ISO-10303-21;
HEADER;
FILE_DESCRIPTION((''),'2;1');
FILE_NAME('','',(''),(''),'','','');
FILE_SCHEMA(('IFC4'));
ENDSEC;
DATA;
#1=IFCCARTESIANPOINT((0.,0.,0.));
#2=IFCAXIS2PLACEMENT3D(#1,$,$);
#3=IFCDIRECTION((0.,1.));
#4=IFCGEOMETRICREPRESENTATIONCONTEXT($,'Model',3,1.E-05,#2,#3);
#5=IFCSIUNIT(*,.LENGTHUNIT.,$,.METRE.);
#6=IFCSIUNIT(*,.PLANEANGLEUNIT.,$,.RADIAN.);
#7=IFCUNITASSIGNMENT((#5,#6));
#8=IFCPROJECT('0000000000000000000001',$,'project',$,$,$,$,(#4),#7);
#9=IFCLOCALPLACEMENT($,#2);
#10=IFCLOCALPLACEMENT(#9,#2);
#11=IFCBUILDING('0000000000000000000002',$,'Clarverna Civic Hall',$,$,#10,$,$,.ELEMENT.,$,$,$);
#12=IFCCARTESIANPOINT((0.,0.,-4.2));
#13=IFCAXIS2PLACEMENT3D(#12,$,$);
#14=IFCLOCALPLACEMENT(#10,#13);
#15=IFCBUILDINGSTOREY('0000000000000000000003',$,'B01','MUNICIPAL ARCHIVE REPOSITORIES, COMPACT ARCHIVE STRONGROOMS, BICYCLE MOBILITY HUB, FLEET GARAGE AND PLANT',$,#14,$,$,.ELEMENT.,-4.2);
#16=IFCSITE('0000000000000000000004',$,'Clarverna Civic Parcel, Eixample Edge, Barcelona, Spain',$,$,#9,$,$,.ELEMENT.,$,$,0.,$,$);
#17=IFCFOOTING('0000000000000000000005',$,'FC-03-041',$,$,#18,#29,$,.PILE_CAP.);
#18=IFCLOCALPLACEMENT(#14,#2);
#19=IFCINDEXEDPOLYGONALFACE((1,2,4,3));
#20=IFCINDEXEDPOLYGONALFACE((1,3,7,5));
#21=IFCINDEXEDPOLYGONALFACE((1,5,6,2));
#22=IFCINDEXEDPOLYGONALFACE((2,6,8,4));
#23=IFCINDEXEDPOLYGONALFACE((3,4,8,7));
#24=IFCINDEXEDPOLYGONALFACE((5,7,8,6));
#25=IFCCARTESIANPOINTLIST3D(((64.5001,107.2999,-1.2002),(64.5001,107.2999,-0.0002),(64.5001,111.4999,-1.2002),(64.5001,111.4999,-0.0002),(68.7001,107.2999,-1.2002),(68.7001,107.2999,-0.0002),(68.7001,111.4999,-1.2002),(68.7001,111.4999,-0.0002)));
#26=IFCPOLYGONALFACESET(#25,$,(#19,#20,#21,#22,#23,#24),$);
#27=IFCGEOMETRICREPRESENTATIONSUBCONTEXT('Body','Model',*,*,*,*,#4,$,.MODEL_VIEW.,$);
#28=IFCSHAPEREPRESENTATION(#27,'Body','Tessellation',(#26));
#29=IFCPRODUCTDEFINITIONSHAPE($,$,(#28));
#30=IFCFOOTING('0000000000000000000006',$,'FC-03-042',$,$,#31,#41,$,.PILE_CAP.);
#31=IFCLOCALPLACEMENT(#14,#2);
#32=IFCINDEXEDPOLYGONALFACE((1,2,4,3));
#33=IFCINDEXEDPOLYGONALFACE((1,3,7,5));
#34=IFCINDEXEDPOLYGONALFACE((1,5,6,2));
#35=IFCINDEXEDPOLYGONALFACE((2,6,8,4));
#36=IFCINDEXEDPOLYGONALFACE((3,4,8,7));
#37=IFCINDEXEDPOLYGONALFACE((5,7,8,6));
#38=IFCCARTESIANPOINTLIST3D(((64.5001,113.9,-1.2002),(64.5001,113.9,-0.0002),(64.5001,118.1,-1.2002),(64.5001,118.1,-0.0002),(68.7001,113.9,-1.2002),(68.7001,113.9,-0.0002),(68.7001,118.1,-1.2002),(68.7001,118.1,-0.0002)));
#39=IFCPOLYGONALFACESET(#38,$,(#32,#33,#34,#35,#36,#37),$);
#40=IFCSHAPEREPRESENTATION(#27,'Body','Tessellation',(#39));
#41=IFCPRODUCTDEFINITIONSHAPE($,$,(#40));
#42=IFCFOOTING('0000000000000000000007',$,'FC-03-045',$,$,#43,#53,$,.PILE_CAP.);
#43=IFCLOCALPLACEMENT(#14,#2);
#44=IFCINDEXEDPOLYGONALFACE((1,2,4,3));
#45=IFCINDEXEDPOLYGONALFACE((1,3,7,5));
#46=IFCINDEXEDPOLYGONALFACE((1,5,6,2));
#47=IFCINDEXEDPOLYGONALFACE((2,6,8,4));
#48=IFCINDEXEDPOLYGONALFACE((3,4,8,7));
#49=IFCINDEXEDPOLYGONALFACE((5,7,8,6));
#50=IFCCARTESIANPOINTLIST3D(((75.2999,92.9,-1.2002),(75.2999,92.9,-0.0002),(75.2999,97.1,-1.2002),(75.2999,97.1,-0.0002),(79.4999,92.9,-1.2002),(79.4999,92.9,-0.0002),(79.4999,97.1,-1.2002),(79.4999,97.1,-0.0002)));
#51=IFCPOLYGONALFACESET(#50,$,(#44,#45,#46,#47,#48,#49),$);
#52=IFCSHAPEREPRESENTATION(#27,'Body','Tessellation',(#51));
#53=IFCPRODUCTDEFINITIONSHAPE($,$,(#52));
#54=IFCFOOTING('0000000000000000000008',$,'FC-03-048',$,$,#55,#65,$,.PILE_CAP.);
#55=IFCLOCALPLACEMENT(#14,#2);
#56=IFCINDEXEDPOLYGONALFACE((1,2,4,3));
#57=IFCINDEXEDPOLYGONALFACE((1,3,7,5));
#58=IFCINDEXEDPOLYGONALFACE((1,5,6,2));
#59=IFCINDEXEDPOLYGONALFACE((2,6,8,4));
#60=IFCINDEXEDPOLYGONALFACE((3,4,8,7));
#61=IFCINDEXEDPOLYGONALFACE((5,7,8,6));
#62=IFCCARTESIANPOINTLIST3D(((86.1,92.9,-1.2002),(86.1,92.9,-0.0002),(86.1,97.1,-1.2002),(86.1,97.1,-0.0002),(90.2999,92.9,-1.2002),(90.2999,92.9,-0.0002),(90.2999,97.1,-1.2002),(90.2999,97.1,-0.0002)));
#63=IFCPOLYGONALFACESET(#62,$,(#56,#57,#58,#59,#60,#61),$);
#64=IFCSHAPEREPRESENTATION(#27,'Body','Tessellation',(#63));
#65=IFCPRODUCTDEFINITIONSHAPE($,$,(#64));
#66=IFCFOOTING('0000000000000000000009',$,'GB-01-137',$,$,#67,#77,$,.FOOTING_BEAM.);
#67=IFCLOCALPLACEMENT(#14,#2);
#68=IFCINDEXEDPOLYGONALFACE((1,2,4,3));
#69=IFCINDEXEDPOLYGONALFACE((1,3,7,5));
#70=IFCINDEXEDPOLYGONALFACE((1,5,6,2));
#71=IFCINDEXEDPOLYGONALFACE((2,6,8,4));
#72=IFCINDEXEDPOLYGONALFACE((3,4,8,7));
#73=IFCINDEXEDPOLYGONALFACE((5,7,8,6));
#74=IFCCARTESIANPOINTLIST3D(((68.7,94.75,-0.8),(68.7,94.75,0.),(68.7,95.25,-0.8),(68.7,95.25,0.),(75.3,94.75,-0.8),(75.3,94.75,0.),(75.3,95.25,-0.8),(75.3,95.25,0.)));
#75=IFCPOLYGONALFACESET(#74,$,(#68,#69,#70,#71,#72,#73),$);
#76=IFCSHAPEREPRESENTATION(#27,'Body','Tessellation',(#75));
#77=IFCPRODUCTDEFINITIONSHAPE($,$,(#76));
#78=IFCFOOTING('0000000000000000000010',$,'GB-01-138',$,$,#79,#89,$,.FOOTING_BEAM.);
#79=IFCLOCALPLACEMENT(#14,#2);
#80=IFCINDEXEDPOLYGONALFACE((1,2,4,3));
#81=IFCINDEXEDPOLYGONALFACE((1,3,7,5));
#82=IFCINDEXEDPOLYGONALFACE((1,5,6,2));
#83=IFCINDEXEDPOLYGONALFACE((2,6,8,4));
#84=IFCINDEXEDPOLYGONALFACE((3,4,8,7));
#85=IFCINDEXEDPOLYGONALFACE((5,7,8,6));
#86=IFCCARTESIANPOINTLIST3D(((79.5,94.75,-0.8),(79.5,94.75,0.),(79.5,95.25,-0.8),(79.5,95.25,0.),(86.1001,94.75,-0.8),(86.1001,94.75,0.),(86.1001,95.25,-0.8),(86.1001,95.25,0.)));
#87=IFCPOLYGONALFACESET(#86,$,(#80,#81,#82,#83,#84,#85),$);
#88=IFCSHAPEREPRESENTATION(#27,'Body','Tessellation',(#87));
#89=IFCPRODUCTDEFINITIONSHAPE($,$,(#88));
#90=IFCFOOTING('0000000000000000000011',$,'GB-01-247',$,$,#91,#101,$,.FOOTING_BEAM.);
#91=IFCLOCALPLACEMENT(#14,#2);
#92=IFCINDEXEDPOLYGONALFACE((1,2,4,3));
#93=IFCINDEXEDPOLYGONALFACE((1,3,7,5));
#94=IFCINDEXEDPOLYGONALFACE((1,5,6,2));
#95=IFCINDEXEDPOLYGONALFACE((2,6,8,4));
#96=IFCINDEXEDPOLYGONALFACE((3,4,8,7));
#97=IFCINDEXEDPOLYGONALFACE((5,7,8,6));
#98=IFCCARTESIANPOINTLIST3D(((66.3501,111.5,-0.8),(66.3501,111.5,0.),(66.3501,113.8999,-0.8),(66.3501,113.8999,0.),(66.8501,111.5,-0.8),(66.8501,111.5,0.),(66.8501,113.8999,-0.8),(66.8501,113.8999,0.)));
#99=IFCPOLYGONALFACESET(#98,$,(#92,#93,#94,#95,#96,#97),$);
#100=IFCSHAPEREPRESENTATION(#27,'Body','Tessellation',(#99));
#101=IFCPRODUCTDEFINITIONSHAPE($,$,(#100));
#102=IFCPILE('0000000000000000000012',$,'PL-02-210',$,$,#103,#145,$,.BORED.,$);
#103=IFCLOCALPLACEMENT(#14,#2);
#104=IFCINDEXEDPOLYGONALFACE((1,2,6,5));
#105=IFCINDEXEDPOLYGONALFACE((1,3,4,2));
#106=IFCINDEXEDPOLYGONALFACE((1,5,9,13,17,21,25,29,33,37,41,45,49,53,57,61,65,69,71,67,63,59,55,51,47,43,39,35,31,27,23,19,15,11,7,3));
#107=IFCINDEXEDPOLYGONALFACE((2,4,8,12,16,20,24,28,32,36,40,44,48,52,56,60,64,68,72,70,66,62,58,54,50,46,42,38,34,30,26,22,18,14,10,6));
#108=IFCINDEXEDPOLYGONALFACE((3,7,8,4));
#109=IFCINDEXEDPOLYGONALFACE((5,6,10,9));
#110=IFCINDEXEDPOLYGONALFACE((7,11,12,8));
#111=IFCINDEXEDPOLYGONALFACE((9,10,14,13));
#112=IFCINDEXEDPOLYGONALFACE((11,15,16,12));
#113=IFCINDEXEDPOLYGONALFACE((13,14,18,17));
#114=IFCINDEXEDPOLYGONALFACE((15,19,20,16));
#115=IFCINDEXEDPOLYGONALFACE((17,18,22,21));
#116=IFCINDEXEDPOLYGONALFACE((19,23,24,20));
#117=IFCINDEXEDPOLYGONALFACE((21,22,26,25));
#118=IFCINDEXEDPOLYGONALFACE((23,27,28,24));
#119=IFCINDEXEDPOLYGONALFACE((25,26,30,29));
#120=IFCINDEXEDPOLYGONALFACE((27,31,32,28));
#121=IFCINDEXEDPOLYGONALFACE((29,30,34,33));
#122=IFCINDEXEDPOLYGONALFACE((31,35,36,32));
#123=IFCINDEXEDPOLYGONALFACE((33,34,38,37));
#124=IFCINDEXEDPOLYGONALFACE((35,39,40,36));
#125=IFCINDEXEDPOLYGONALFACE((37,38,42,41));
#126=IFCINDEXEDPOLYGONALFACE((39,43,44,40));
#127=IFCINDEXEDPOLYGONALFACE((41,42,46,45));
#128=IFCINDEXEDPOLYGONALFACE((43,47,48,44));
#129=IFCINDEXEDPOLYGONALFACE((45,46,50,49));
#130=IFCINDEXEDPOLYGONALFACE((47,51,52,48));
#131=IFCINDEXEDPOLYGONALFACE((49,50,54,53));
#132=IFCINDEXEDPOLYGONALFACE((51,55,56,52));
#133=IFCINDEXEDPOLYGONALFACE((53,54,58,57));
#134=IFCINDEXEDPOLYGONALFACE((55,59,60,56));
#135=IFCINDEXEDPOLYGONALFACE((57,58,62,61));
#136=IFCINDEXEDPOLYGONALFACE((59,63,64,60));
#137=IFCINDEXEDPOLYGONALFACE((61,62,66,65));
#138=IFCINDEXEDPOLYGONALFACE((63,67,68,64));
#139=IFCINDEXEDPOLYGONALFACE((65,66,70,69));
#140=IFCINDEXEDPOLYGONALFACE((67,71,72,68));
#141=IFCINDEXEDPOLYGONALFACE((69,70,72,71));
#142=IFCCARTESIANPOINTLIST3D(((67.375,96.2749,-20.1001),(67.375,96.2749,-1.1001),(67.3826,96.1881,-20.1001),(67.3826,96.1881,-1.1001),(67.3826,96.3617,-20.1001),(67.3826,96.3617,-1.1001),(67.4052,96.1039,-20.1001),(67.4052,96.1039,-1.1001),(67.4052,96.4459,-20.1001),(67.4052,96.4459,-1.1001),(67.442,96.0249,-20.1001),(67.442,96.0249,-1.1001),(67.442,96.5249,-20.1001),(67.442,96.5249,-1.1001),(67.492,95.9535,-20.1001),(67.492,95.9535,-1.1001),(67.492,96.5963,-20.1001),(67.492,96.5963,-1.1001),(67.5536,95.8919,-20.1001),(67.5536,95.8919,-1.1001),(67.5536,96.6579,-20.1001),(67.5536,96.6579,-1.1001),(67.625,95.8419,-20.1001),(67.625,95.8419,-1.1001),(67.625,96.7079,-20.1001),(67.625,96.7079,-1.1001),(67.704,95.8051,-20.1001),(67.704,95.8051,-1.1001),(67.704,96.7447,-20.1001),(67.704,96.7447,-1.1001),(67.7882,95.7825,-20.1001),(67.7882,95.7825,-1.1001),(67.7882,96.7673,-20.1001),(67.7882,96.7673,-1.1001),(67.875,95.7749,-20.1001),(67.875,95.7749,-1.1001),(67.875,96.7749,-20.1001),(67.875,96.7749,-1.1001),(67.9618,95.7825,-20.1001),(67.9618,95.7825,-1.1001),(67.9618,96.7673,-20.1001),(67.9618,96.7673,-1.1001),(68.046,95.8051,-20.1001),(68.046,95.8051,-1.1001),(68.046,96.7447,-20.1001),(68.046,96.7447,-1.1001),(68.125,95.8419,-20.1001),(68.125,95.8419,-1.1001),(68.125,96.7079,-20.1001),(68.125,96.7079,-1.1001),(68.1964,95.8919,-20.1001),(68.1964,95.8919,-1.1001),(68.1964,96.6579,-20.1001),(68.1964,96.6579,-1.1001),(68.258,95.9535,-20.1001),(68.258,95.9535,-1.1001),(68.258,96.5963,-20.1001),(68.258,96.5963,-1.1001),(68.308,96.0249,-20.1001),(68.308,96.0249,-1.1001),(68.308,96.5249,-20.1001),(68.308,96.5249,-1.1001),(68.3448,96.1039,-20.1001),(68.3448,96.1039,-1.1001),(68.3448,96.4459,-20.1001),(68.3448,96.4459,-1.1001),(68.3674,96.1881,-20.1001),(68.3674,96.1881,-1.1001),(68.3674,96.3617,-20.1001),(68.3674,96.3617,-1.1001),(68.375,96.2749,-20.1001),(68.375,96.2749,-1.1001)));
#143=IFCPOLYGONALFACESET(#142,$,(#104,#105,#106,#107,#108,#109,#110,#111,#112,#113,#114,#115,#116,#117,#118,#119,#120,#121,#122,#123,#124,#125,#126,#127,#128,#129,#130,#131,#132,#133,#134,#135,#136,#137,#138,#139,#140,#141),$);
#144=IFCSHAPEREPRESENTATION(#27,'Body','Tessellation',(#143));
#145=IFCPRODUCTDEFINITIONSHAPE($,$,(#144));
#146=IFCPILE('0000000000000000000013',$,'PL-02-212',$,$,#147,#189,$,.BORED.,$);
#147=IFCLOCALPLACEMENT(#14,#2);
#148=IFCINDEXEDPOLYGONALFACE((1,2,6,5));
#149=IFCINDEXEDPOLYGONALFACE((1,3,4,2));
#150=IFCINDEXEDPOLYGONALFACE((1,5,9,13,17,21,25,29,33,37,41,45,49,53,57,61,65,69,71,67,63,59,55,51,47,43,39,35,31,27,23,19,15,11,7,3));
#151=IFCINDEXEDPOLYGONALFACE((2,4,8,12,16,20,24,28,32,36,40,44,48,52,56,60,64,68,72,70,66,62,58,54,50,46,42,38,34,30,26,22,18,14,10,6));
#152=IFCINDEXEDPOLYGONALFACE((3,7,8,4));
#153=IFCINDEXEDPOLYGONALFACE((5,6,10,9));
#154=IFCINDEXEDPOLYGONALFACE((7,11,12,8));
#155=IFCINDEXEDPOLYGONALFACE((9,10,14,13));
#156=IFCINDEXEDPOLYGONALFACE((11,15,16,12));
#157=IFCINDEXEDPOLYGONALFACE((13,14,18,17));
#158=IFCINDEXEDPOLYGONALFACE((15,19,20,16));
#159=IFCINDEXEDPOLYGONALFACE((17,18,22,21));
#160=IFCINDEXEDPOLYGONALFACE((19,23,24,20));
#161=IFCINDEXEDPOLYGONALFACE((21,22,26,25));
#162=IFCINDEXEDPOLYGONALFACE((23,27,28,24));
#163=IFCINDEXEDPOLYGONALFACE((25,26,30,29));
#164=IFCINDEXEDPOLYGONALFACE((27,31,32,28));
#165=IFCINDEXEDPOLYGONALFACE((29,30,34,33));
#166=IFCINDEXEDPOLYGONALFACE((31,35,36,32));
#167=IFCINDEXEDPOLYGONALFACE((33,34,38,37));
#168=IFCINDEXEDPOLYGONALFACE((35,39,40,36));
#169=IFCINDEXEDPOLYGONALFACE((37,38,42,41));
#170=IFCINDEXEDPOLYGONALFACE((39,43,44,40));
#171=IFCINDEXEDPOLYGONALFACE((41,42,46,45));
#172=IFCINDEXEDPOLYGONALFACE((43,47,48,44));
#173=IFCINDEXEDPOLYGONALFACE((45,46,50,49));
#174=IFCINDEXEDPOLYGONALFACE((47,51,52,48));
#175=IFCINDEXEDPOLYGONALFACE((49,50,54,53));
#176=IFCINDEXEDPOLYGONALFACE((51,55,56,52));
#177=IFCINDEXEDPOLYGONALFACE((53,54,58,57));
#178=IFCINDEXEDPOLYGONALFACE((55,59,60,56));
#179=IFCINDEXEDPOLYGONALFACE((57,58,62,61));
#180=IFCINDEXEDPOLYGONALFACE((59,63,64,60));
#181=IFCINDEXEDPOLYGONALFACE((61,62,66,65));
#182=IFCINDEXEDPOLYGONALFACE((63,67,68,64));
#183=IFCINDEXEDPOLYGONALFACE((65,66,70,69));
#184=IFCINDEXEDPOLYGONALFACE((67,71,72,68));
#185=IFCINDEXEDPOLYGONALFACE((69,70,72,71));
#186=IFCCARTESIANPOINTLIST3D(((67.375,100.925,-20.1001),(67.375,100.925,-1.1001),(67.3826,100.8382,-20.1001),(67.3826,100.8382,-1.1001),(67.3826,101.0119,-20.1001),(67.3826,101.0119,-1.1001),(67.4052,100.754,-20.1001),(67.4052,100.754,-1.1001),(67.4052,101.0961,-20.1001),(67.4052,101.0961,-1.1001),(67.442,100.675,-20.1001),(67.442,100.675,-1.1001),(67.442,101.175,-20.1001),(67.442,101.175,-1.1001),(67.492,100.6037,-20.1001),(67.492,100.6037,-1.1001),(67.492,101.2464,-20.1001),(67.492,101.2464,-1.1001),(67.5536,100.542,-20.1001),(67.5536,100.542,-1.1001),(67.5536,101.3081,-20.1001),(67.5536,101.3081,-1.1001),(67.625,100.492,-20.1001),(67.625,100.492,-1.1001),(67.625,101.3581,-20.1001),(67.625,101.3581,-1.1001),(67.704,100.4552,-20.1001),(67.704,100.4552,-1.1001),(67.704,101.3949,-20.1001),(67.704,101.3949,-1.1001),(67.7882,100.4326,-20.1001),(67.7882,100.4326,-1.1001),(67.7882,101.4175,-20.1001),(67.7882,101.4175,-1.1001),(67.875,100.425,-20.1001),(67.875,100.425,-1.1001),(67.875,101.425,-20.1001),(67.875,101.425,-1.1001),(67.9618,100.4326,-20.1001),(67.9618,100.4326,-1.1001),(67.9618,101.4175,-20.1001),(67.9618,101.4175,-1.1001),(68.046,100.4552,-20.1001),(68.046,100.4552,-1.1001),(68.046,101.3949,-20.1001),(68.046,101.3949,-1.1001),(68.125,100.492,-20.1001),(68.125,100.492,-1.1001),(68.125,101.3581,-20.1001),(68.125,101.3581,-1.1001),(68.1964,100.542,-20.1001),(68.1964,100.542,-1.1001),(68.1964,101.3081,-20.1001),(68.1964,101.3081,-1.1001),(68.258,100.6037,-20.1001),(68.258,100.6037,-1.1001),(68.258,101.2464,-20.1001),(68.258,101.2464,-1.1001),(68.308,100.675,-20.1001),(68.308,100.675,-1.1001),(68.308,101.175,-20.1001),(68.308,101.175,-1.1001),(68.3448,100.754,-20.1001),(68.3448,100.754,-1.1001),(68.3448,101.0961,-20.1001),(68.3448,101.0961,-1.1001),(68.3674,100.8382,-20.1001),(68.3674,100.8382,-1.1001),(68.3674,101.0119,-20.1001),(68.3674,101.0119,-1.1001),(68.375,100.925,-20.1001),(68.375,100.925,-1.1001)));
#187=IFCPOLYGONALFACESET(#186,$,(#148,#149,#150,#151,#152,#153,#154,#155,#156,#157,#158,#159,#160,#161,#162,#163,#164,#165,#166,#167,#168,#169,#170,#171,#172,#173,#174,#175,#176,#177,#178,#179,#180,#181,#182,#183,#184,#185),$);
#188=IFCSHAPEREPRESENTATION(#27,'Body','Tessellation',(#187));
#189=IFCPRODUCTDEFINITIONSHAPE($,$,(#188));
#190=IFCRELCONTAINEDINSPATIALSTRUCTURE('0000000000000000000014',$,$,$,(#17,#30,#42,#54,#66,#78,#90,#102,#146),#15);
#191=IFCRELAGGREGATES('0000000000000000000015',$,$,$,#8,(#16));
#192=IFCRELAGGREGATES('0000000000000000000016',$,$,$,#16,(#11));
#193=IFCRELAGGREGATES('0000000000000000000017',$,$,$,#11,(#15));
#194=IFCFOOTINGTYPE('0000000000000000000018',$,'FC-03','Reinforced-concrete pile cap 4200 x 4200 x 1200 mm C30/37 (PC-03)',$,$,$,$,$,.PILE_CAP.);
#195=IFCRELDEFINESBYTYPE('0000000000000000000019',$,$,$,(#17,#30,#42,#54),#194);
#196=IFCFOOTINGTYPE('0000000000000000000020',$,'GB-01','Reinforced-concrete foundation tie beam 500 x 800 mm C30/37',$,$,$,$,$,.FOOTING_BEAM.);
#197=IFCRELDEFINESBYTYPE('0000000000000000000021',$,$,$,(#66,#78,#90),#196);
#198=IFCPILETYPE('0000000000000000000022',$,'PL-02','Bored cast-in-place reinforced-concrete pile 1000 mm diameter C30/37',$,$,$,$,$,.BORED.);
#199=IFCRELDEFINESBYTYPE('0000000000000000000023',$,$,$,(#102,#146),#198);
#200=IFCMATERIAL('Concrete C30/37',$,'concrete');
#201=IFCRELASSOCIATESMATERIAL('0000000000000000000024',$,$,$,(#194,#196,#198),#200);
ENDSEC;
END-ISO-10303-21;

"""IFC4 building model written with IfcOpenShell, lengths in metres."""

from ifc_helpers import new_model, si_unit, direction, frame, frame_2d, origin, origin_2d, place, context, subcontext, project, spatial, rectangle, circle, extrude, material, material_profile, profile_set, type_object, element, save


model = new_model("IFC4")

# Units and contexts
model_context = context("Model", 3, precision=1e-05, world=origin(), true_north=direction((0.0, 1.0)))
body_context = subcontext(model_context, "Body", "Model", "MODEL_VIEW")
ifc_project = project(units=[si_unit("LENGTHUNIT", "METRE"), si_unit("PLANEANGLEUNIT", "RADIAN")], contexts=[model_context])

# Site, building, storey
site_placement = place(None, origin())
site = spatial("IfcSite", under=ifc_project, at=site_placement, Name="Clarverna Civic Parcel, Eixample Edge, Barcelona, Spain", CompositionType="ELEMENT", RefElevation=0.0)
building_placement = place(site_placement, origin())
building = spatial("IfcBuilding", under=site, at=building_placement, Name="Clarverna Civic Hall", CompositionType="ELEMENT")
storey_placement = place(building_placement, frame((0.0, 0.0, -4.2)))
storey = spatial("IfcBuildingStorey", under=building, at=storey_placement, Name="B01", Description="MUNICIPAL ARCHIVE REPOSITORIES, COMPACT ARCHIVE STRONGROOMS, BICYCLE MOBILITY HUB, FLEET GARAGE AND PLANT", CompositionType="ELEMENT", Elevation=-4.2)

# Footings
ifc_material_1 = material(Name="Concrete C30/37", Category="concrete")
footing_type_1 = type_object("IfcFootingType", Name="FC-03", Description="Reinforced-concrete pile cap 4200 x 4200 x 1200 mm C30/37 (PC-03)", PredefinedType="PILE_CAP", material=ifc_material_1)
for number, where, z_axis, x_axis, name in (
    (1, (66.6001, 109.3999, -1.2002), (0.0, 0.0, 1.0), (1.0, 0.0, 0.0), "FC-03-041"),
    (2, (66.6001, 116.0, -1.2002), (0.0, 0.0, 1.0), (1.0, 0.0, 0.0), "FC-03-042"),
    (3, (77.3999, 95.0, -1.2002), (0.0, 0.0, 1.0), (1.0, 0.0, 0.0), "FC-03-045"),
    (4, (88.2, 95.0, -1.2002), (0.0, 0.0, 1.0), (1.0, 0.0, 0.0), "FC-03-048"),
):
    element("IfcFooting", number, at=place(storey_placement, frame(where, z_axis=z_axis, x_axis=x_axis)), inside=storey, type_object=footing_type_1, Name=name, PredefinedType="PILE_CAP", context=body_context, shape_type="SweptSolid", body=[
        extrude(rectangle(XDim=4.2, YDim=4.2, at=origin_2d()), origin(), (0.0, 0.0, 1.0), 1.2),
    ])
footing_type_2 = type_object("IfcFootingType", Name="GB-01", Description="Reinforced-concrete foundation tie beam 500 x 800 mm C30/37", PredefinedType="FOOTING_BEAM", material=ifc_material_1)
for number, where, z_axis, x_axis, name in (
    (5, (68.7, 95.0, -0.8), (0.0, 0.0, 1.0), (1.0, 0.0, 0.0), "GB-01-137"),
    (6, (79.5, 95.0, -0.8), (0.0, 0.0, 1.0), (1.0, 0.0, 0.0), "GB-01-138"),
):
    element("IfcFooting", number, at=place(storey_placement, frame(where, z_axis=z_axis, x_axis=x_axis)), inside=storey, type_object=footing_type_2, Name=name, PredefinedType="FOOTING_BEAM", context=body_context, shape_type="SweptSolid", body=[
        extrude(rectangle(XDim=6.6001, YDim=0.5, at=frame_2d((3.3, 0.0))), origin(), (0.0, 0.0, 1.0), 0.8),
    ])
footing_placement = place(storey_placement, frame((66.6001, 111.5, -0.8), z_axis=(0.0, 0.0, 1.0), x_axis=(0.0, 1.0, 0.0)))
element("IfcFooting", 7, at=footing_placement, inside=storey, type_object=footing_type_2, Name="GB-01-247", PredefinedType="FOOTING_BEAM", context=body_context, shape_type="SweptSolid", body=[
    extrude(rectangle(XDim=2.3999, YDim=0.5, at=frame_2d((1.2, 0.0))), origin(), (0.0, 0.0, 1.0), 0.8),
])

# Piles
ifc_material_profile_1 = material_profile(ifc_material_1, circle(Radius=0.5, at=origin_2d()), Name="BORED PILE D1000")
ifc_profile_set_1 = profile_set([ifc_material_profile_1], Name="Concrete C30/37")
pile_type = type_object("IfcPileType", Name="PL-02", Description="Bored cast-in-place reinforced-concrete pile 1000 mm diameter C30/37", PredefinedType="BORED", material=ifc_profile_set_1)
for number, where, z_axis, x_axis, name in (
    (8, (67.875, 96.2749, -1.1001), (0.0, 0.0, -1.0), (1.0, 0.0, 0.0), "PL-02-210"),
    (9, (67.875, 100.925, -1.1001), (0.0, 0.0, -1.0), (1.0, 0.0, 0.0), "PL-02-212"),
):
    element("IfcPile", number, at=place(storey_placement, frame(where, z_axis=z_axis, x_axis=x_axis)), inside=storey, type_object=pile_type, Name=name, PredefinedType="BORED", context=body_context, shape_type="SweptSolid", body=[
        extrude(circle(Radius=0.5, at=origin_2d()), origin(), (0.0, 0.0, 1.0), 19.0),
    ])

save(model, "model.ifc")
